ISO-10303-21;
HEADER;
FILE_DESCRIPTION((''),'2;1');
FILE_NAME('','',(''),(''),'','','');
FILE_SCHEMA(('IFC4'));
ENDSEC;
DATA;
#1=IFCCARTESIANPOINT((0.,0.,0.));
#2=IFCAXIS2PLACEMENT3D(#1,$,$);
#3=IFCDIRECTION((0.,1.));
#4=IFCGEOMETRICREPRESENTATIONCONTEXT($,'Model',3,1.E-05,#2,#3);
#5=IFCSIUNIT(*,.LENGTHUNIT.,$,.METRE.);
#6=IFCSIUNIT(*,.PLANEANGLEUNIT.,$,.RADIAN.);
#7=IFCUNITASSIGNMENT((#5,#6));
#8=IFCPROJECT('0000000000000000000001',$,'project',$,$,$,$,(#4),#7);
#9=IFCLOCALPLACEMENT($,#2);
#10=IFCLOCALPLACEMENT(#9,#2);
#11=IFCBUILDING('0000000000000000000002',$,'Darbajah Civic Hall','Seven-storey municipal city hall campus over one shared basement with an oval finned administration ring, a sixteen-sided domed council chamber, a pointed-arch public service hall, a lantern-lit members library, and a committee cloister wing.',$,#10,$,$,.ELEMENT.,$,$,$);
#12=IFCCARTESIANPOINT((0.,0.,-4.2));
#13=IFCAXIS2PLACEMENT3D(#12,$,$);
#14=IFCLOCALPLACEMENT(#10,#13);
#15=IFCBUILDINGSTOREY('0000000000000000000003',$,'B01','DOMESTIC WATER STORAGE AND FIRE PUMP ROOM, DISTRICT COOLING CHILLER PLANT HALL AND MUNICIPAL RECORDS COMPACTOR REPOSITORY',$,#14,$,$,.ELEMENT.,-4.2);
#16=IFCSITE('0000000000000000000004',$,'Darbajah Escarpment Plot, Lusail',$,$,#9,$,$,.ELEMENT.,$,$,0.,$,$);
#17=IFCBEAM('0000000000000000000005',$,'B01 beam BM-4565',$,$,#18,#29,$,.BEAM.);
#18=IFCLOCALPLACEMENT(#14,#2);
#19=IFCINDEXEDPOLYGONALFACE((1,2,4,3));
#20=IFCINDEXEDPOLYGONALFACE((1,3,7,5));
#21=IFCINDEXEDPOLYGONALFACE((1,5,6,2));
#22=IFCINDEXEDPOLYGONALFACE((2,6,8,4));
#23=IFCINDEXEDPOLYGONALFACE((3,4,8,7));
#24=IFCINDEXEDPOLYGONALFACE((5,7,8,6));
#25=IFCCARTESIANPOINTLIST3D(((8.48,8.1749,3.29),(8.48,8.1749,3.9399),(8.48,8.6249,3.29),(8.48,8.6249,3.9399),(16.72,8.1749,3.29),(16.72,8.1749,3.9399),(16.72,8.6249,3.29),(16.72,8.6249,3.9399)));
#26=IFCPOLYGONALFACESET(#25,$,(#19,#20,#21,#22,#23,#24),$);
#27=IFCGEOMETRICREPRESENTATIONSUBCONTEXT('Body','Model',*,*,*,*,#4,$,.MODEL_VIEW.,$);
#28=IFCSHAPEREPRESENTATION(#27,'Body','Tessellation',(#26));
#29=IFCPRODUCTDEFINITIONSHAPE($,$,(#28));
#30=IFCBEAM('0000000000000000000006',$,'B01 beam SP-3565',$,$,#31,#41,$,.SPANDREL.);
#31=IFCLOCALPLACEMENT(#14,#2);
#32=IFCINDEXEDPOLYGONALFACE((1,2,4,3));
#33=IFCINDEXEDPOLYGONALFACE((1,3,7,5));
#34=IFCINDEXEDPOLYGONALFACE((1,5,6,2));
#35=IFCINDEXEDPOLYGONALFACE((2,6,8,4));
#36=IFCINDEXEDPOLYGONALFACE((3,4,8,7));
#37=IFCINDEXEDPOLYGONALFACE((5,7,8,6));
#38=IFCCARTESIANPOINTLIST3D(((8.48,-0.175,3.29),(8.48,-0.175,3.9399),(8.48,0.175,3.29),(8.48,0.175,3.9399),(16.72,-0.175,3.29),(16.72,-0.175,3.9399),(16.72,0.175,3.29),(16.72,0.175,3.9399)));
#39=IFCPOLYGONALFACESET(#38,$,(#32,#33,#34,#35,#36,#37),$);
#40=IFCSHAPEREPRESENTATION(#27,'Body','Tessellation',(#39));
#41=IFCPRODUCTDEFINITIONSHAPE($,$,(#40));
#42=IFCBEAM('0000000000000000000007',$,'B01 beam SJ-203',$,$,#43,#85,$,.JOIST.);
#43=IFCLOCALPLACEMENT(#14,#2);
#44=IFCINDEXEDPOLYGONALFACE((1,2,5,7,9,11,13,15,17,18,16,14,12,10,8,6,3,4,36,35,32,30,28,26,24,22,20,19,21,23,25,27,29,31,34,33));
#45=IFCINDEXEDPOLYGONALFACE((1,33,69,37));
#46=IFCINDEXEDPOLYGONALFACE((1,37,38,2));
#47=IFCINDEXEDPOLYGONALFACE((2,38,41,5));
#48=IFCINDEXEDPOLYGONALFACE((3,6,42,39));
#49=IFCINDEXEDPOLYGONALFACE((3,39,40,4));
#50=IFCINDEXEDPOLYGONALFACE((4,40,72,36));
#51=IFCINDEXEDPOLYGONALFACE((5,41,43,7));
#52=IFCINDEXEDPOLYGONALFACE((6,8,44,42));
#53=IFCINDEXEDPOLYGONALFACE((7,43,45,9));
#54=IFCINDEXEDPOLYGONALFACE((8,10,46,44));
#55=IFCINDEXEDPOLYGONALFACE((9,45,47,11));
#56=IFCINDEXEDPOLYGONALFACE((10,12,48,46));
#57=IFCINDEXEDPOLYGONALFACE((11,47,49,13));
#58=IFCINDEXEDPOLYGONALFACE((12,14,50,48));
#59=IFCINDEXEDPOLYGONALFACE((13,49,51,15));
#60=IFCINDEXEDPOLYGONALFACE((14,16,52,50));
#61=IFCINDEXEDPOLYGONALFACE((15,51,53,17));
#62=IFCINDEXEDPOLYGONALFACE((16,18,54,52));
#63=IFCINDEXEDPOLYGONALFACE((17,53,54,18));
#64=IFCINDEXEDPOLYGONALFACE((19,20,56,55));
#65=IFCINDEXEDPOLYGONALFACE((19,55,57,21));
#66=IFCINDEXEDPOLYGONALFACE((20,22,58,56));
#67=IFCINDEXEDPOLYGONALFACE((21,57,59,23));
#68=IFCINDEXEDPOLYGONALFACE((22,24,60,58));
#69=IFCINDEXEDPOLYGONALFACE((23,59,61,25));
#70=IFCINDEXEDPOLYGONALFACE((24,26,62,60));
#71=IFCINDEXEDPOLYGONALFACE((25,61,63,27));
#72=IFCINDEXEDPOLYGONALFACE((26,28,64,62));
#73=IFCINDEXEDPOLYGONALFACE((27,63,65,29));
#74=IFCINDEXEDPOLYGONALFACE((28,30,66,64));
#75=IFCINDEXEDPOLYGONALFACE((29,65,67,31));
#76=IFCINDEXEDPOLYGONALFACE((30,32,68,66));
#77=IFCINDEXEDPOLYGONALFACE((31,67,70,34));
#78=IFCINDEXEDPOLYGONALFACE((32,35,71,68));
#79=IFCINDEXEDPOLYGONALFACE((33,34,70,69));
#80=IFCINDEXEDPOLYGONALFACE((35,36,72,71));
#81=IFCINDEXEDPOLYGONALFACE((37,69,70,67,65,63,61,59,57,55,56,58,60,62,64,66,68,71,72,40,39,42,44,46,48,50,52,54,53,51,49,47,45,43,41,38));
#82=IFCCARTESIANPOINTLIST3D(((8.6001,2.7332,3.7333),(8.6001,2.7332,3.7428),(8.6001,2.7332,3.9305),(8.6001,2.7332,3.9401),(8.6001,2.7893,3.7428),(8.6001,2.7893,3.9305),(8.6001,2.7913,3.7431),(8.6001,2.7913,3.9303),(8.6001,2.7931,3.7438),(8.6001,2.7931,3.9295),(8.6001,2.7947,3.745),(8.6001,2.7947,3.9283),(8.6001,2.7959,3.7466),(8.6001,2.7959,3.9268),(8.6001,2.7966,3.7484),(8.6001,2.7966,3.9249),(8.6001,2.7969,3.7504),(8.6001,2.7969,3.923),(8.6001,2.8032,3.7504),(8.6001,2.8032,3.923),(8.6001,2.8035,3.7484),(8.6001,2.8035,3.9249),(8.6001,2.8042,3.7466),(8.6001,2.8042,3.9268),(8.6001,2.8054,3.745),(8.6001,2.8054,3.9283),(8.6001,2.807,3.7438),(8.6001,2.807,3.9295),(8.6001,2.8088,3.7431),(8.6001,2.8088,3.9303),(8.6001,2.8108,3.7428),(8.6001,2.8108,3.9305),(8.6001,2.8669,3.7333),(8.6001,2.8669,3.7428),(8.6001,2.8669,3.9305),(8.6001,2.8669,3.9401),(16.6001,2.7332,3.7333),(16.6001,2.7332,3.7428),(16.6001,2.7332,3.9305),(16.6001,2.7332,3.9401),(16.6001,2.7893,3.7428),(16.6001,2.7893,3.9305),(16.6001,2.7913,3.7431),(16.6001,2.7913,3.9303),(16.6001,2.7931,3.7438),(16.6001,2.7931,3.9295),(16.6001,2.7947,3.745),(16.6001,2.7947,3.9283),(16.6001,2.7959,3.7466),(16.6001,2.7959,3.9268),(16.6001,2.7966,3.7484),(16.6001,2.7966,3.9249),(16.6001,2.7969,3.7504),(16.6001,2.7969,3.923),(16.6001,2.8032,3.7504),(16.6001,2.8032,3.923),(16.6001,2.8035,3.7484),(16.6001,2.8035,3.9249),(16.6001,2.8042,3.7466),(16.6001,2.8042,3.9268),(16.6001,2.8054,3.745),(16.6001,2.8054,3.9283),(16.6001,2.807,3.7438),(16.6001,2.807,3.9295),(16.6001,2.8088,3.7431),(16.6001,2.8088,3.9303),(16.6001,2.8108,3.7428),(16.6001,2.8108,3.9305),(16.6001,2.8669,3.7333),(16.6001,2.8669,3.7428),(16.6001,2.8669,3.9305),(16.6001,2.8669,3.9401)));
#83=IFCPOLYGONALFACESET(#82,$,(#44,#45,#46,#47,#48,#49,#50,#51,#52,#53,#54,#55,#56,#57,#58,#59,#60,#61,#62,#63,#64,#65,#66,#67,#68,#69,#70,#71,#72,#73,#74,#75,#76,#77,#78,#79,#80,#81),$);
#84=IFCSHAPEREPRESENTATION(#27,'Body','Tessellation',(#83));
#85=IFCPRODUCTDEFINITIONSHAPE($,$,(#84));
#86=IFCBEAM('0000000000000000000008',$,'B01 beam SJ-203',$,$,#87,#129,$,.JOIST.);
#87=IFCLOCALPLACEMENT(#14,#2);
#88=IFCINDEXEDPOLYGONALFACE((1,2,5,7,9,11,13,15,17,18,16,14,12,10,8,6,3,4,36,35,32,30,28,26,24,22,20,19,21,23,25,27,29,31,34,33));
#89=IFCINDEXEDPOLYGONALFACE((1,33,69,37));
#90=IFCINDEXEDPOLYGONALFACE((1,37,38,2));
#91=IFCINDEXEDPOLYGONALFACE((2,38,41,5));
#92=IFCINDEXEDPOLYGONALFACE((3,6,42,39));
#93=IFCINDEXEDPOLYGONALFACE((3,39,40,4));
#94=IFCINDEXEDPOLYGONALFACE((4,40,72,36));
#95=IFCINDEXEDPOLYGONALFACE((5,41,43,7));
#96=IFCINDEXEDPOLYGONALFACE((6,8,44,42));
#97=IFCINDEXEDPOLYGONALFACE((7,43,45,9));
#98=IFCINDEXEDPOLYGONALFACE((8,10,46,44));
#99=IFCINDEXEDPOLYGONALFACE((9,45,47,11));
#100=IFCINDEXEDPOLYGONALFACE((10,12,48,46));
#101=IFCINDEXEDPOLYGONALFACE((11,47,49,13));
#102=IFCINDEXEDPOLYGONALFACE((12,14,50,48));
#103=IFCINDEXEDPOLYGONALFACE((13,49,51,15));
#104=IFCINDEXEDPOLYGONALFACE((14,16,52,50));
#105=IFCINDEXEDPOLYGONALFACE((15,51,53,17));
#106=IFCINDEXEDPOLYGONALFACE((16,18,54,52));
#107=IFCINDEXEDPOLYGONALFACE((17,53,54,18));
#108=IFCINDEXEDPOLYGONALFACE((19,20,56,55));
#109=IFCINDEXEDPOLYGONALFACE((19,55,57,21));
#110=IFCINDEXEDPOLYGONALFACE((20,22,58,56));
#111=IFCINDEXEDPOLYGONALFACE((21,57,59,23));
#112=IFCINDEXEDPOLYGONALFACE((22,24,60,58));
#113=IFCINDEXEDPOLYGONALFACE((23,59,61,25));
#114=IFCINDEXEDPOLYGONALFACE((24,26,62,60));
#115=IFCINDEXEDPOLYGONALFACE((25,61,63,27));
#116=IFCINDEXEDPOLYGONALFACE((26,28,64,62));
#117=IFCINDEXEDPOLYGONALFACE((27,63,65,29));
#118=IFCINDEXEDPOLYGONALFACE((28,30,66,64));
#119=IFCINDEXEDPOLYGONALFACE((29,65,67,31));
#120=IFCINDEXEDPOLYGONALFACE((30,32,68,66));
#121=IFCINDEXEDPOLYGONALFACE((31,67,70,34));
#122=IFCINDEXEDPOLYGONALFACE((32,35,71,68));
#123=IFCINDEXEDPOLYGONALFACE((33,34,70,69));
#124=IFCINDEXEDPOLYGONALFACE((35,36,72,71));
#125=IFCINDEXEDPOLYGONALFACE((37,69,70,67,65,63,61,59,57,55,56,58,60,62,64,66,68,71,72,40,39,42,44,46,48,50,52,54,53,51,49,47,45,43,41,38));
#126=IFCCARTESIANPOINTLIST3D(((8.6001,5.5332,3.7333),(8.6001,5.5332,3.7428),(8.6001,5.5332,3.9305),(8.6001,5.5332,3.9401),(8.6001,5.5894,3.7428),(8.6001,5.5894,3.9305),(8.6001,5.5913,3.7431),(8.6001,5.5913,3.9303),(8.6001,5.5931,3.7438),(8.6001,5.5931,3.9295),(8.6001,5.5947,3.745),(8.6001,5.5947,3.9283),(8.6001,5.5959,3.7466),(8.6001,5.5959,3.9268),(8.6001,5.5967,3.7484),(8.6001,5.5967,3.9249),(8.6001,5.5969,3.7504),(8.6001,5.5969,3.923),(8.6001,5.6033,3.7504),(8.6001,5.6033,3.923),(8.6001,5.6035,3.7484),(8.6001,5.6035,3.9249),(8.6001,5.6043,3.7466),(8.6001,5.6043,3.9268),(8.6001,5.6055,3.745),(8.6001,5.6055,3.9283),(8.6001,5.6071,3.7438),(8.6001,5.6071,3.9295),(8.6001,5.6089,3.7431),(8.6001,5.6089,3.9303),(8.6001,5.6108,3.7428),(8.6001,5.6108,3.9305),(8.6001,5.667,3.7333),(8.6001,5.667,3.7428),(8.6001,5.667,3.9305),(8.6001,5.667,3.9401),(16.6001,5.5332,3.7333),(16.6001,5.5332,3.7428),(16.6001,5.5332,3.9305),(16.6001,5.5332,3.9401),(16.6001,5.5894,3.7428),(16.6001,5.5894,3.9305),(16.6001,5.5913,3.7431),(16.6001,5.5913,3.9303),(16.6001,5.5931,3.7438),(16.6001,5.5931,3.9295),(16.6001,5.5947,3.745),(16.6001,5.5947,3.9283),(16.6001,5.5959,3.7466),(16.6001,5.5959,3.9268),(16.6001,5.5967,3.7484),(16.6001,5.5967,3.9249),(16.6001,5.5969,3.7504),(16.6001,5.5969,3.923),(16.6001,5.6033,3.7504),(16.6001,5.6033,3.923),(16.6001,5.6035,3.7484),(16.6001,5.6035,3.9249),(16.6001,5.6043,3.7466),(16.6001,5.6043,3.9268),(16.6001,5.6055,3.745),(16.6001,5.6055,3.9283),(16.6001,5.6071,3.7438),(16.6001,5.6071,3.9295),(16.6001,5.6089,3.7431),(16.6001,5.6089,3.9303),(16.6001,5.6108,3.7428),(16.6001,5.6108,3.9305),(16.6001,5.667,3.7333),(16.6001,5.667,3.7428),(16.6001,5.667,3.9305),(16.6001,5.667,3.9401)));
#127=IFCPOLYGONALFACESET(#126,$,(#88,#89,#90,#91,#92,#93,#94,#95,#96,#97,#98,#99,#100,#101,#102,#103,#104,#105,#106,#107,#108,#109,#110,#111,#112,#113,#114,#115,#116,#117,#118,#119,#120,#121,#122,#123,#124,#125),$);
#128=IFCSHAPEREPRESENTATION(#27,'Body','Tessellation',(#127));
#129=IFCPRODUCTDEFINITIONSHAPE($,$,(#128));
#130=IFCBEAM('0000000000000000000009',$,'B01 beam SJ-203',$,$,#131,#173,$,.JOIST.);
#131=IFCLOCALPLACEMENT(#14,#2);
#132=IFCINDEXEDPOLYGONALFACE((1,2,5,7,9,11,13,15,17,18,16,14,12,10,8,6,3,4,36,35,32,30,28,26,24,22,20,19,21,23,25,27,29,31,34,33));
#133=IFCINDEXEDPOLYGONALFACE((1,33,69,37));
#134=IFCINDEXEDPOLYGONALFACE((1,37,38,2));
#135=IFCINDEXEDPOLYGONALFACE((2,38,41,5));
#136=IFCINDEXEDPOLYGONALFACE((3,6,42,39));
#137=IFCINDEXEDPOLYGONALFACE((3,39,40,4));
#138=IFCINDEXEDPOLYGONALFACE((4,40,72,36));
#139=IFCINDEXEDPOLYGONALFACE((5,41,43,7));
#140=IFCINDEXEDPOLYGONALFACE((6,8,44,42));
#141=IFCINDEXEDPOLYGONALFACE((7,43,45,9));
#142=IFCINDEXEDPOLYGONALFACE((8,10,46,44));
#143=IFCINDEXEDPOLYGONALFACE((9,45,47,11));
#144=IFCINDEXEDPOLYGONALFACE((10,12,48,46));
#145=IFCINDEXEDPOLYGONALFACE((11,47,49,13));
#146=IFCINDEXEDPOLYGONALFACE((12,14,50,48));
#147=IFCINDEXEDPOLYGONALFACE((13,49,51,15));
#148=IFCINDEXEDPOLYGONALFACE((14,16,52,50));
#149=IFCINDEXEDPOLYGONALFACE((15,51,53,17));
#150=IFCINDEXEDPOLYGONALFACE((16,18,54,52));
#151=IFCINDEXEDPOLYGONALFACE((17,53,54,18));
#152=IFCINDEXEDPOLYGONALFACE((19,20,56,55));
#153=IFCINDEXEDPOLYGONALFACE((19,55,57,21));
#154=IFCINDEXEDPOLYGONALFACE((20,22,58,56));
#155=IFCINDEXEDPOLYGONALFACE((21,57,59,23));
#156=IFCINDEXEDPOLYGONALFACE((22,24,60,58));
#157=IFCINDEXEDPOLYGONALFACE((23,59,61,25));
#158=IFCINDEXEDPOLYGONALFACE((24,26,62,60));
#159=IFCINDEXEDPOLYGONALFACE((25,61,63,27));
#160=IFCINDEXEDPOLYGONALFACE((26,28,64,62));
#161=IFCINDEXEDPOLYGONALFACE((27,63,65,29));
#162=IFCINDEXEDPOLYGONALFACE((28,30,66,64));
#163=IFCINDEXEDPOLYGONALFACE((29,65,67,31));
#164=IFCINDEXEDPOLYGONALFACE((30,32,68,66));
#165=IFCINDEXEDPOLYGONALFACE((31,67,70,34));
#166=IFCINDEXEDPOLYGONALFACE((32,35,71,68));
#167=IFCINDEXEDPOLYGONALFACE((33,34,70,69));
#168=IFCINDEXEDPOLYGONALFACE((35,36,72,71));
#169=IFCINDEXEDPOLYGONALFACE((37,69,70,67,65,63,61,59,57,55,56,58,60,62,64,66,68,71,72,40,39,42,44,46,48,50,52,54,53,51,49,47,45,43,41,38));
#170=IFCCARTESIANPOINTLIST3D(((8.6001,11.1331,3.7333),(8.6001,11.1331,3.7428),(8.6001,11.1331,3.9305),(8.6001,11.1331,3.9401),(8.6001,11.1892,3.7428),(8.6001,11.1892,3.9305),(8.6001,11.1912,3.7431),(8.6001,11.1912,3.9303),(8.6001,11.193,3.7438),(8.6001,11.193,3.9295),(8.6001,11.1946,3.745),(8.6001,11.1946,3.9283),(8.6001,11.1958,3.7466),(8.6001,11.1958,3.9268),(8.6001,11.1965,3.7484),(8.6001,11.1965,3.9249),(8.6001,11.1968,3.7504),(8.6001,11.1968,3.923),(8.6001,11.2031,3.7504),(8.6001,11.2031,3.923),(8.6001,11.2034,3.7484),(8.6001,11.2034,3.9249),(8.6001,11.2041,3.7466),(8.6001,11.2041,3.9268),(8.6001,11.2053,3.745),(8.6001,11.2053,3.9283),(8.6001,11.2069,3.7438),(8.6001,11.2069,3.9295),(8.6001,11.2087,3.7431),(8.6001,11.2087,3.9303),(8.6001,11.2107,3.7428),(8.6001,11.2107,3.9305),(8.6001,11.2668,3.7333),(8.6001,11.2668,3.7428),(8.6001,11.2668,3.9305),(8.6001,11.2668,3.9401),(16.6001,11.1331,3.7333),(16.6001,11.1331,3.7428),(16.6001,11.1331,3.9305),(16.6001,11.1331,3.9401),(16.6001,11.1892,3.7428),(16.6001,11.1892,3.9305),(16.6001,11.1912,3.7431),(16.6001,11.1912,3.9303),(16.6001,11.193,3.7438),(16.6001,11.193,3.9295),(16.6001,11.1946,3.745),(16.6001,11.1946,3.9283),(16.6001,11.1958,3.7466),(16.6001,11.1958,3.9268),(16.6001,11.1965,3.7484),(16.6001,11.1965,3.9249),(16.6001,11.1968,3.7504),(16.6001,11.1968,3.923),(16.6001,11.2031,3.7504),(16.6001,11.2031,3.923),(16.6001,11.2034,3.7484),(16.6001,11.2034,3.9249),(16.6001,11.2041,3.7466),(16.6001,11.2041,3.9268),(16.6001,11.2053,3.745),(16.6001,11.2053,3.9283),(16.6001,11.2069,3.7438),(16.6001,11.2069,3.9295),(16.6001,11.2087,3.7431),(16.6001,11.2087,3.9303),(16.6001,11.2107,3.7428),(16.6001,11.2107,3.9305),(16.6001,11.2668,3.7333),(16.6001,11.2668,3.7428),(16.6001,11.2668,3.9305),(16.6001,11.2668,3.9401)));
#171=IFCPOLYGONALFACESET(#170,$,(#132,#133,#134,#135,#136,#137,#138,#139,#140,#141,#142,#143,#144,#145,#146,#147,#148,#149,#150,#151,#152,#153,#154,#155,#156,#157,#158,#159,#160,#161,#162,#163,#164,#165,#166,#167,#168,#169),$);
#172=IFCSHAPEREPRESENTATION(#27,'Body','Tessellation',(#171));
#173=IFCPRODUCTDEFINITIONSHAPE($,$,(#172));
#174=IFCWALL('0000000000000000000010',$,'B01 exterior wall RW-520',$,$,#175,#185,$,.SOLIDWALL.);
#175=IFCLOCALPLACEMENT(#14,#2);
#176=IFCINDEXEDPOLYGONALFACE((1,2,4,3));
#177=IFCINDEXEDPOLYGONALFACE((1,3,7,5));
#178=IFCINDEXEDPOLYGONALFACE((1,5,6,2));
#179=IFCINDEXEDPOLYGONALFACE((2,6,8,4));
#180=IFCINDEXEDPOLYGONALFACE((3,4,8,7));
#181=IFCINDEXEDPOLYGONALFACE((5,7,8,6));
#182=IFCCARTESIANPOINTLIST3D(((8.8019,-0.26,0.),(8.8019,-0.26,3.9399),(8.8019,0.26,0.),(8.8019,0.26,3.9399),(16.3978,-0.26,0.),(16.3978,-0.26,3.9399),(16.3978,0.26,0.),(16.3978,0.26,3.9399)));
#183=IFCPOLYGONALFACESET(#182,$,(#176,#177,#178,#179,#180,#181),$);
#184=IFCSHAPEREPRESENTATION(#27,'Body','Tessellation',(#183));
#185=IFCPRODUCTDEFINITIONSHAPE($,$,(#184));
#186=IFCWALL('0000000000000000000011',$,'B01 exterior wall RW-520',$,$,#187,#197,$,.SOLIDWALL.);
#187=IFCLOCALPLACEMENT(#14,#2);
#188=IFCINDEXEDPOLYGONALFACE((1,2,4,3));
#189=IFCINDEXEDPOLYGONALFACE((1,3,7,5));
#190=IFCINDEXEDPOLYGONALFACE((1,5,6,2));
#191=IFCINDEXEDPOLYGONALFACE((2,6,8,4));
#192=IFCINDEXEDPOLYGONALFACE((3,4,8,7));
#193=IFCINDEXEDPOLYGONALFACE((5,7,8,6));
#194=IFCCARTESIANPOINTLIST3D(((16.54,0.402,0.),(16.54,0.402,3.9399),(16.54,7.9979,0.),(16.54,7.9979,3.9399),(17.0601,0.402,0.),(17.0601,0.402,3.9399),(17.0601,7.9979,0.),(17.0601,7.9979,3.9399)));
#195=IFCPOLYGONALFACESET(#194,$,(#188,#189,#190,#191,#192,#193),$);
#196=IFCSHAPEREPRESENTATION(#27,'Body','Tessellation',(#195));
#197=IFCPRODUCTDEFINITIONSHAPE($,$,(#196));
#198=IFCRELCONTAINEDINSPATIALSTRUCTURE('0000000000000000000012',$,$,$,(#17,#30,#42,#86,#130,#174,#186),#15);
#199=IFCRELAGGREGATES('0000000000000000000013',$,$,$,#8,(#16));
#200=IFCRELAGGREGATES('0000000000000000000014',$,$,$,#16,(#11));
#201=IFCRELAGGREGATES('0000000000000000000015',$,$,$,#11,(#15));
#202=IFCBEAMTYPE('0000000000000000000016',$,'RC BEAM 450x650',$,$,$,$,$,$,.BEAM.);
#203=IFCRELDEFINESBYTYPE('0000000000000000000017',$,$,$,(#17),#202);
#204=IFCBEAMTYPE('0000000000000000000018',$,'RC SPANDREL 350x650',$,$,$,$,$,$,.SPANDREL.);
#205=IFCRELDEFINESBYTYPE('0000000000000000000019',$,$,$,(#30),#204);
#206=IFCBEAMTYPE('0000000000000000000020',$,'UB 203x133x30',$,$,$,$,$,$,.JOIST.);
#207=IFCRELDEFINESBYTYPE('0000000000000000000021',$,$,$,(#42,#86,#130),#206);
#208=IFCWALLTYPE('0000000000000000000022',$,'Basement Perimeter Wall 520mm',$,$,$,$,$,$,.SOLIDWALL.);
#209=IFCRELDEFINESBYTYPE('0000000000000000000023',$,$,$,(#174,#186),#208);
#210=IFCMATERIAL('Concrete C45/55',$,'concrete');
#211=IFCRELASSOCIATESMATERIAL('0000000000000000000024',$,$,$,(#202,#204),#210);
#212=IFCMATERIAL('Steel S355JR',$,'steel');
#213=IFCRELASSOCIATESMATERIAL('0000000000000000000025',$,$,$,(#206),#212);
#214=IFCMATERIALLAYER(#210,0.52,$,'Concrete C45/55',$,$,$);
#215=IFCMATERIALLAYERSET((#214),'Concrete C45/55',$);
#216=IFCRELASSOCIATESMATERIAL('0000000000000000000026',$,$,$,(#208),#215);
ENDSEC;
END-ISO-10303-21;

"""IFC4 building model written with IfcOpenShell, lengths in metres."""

from ifc_helpers import new_model, si_unit, direction, frame, frame_2d, origin, origin_2d, place, context, subcontext, project, spatial, rectangle, i_section, extrude, material, layer, layer_set, material_profile, profile_set, type_object, element, save


model = new_model("IFC4")

# Units and contexts
model_context = context("Model", 3, precision=1e-05, world=origin(), true_north=direction((0.0, 1.0)))
body_context = subcontext(model_context, "Body", "Model", "MODEL_VIEW")
ifc_project = project(units=[si_unit("LENGTHUNIT", "METRE"), si_unit("PLANEANGLEUNIT", "RADIAN")], contexts=[model_context])

# Site, building, storey
site_placement = place(None, origin())
site = spatial("IfcSite", under=ifc_project, at=site_placement, Name="Darbajah Escarpment Plot, Lusail", CompositionType="ELEMENT", RefElevation=0.0)
building_placement = place(site_placement, origin())
building = spatial("IfcBuilding", under=site, at=building_placement, Name="Darbajah Civic Hall", Description="Seven-storey municipal city hall campus over one shared basement with an oval finned administration ring, a sixteen-sided domed council chamber, a pointed-arch public service hall, a lantern-lit members library, and a committee cloister wing.", CompositionType="ELEMENT")
storey_placement = place(building_placement, frame((0.0, 0.0, -4.2)))
storey = spatial("IfcBuildingStorey", under=building, at=storey_placement, Name="B01", Description="DOMESTIC WATER STORAGE AND FIRE PUMP ROOM, DISTRICT COOLING CHILLER PLANT HALL AND MUNICIPAL RECORDS COMPACTOR REPOSITORY", CompositionType="ELEMENT", Elevation=-4.2)

# Shared definitions
ifc_material_1 = material(Name="Concrete C45/55", Category="concrete")

# Beams
ifc_material_profile_1 = material_profile(ifc_material_1, rectangle(XDim=0.45, YDim=0.6499, at=origin_2d()), Name="RC BEAM 450x650")
ifc_profile_set_1 = profile_set([ifc_material_profile_1], Name="Concrete C45/55")
beam_type_1 = type_object("IfcBeamType", Name="RC BEAM 450x650", PredefinedType="BEAM", material=ifc_profile_set_1)
beam_1_placement = place(storey_placement, frame((8.48, 8.3999, 3.615), z_axis=(1.0, 0.0, 0.0), x_axis=(0.0, 1.0, 0.0)))
element("IfcBeam", 1, at=beam_1_placement, inside=storey, type_object=beam_type_1, Name="B01 beam BM-4565", PredefinedType="BEAM", context=body_context, shape_type="SweptSolid", body=[
    extrude(rectangle(XDim=0.45, YDim=0.6499, at=origin_2d()), origin(), (0.0, 0.0, 1.0), 8.24),
])
ifc_material_profile_2 = material_profile(ifc_material_1, rectangle(XDim=0.3501, YDim=0.6499, at=origin_2d()), Name="RC SPANDREL 350x650")
ifc_profile_set_2 = profile_set([ifc_material_profile_2], Name="Concrete C45/55")
beam_type_2 = type_object("IfcBeamType", Name="RC SPANDREL 350x650", PredefinedType="SPANDREL", material=ifc_profile_set_2)
beam_2_placement = place(storey_placement, frame((8.48, 0.0, 3.615), z_axis=(1.0, 0.0, 0.0), x_axis=(0.0, 1.0, 0.0)))
element("IfcBeam", 2, at=beam_2_placement, inside=storey, type_object=beam_type_2, Name="B01 beam SP-3565", PredefinedType="SPANDREL", context=body_context, shape_type="SweptSolid", body=[
    extrude(rectangle(XDim=0.3501, YDim=0.6499, at=origin_2d()), origin(), (0.0, 0.0, 1.0), 8.24),
])
ifc_material_2 = material(Name="Steel S355JR", Category="steel")
ifc_material_profile_3 = material_profile(ifc_material_2, i_section(OverallWidth=0.1338, OverallDepth=0.2068, WebThickness=0.0063, FlangeThickness=0.0095, FilletRadius=0.0076, at=origin_2d()), Name="UB 203x133x30")
ifc_profile_set_3 = profile_set([ifc_material_profile_3], Name="Steel S355JR")
beam_type_3 = type_object("IfcBeamType", Name="UB 203x133x30", PredefinedType="JOIST", material=ifc_profile_set_3)
for number, where, z_axis, x_axis, name in (
    (3, (8.6001, 2.8, 3.8367), (1.0, 0.0, 0.0), (0.0, 1.0, 0.0), "B01 beam SJ-203"),
    (4, (8.6001, 5.6001, 3.8367), (1.0, 0.0, 0.0), (0.0, 1.0, 0.0), "B01 beam SJ-203"),
    (5, (8.6001, 11.2, 3.8367), (1.0, 0.0, 0.0), (0.0, 1.0, 0.0), "B01 beam SJ-203"),
):
    element("IfcBeam", number, at=place(storey_placement, frame(where, z_axis=z_axis, x_axis=x_axis)), inside=storey, type_object=beam_type_3, Name=name, PredefinedType="JOIST", context=body_context, shape_type="SweptSolid", body=[
        extrude(i_section(OverallWidth=0.1338, OverallDepth=0.2068, WebThickness=0.0063, FlangeThickness=0.0095, FilletRadius=0.0076, at=origin_2d()), origin(), (0.0, 0.0, 1.0), 8.0),
    ])

# Walls
ifc_layer = layer(ifc_material_1, 0.52, Name="Concrete C45/55")
ifc_layer_set = layer_set([ifc_layer], Name="Concrete C45/55")
wall_type = type_object("IfcWallType", Name="Basement Perimeter Wall 520mm", PredefinedType="SOLIDWALL", material=ifc_layer_set)
for number, where, z_axis, x_axis, name in (
    (6, (8.802, 0.0, 0.0), (0.0, 0.0, 1.0), (1.0, 0.0, 0.0), "B01 exterior wall RW-520"),
    (7, (16.8, 0.4021, 0.0), (0.0, 0.0, 1.0), (0.0, 1.0, 0.0), "B01 exterior wall RW-520"),
):
    element("IfcWall", number, at=place(storey_placement, frame(where, z_axis=z_axis, x_axis=x_axis)), inside=storey, type_object=wall_type, Name=name, PredefinedType="SOLIDWALL", context=body_context, shape_type="SweptSolid", body=[
        extrude(rectangle(XDim=7.5959, YDim=0.52, at=frame_2d((3.7979, 0.0))), origin(), (0.0, 0.0, 1.0), 3.9399),
    ])

save(model, "model.ifc")
